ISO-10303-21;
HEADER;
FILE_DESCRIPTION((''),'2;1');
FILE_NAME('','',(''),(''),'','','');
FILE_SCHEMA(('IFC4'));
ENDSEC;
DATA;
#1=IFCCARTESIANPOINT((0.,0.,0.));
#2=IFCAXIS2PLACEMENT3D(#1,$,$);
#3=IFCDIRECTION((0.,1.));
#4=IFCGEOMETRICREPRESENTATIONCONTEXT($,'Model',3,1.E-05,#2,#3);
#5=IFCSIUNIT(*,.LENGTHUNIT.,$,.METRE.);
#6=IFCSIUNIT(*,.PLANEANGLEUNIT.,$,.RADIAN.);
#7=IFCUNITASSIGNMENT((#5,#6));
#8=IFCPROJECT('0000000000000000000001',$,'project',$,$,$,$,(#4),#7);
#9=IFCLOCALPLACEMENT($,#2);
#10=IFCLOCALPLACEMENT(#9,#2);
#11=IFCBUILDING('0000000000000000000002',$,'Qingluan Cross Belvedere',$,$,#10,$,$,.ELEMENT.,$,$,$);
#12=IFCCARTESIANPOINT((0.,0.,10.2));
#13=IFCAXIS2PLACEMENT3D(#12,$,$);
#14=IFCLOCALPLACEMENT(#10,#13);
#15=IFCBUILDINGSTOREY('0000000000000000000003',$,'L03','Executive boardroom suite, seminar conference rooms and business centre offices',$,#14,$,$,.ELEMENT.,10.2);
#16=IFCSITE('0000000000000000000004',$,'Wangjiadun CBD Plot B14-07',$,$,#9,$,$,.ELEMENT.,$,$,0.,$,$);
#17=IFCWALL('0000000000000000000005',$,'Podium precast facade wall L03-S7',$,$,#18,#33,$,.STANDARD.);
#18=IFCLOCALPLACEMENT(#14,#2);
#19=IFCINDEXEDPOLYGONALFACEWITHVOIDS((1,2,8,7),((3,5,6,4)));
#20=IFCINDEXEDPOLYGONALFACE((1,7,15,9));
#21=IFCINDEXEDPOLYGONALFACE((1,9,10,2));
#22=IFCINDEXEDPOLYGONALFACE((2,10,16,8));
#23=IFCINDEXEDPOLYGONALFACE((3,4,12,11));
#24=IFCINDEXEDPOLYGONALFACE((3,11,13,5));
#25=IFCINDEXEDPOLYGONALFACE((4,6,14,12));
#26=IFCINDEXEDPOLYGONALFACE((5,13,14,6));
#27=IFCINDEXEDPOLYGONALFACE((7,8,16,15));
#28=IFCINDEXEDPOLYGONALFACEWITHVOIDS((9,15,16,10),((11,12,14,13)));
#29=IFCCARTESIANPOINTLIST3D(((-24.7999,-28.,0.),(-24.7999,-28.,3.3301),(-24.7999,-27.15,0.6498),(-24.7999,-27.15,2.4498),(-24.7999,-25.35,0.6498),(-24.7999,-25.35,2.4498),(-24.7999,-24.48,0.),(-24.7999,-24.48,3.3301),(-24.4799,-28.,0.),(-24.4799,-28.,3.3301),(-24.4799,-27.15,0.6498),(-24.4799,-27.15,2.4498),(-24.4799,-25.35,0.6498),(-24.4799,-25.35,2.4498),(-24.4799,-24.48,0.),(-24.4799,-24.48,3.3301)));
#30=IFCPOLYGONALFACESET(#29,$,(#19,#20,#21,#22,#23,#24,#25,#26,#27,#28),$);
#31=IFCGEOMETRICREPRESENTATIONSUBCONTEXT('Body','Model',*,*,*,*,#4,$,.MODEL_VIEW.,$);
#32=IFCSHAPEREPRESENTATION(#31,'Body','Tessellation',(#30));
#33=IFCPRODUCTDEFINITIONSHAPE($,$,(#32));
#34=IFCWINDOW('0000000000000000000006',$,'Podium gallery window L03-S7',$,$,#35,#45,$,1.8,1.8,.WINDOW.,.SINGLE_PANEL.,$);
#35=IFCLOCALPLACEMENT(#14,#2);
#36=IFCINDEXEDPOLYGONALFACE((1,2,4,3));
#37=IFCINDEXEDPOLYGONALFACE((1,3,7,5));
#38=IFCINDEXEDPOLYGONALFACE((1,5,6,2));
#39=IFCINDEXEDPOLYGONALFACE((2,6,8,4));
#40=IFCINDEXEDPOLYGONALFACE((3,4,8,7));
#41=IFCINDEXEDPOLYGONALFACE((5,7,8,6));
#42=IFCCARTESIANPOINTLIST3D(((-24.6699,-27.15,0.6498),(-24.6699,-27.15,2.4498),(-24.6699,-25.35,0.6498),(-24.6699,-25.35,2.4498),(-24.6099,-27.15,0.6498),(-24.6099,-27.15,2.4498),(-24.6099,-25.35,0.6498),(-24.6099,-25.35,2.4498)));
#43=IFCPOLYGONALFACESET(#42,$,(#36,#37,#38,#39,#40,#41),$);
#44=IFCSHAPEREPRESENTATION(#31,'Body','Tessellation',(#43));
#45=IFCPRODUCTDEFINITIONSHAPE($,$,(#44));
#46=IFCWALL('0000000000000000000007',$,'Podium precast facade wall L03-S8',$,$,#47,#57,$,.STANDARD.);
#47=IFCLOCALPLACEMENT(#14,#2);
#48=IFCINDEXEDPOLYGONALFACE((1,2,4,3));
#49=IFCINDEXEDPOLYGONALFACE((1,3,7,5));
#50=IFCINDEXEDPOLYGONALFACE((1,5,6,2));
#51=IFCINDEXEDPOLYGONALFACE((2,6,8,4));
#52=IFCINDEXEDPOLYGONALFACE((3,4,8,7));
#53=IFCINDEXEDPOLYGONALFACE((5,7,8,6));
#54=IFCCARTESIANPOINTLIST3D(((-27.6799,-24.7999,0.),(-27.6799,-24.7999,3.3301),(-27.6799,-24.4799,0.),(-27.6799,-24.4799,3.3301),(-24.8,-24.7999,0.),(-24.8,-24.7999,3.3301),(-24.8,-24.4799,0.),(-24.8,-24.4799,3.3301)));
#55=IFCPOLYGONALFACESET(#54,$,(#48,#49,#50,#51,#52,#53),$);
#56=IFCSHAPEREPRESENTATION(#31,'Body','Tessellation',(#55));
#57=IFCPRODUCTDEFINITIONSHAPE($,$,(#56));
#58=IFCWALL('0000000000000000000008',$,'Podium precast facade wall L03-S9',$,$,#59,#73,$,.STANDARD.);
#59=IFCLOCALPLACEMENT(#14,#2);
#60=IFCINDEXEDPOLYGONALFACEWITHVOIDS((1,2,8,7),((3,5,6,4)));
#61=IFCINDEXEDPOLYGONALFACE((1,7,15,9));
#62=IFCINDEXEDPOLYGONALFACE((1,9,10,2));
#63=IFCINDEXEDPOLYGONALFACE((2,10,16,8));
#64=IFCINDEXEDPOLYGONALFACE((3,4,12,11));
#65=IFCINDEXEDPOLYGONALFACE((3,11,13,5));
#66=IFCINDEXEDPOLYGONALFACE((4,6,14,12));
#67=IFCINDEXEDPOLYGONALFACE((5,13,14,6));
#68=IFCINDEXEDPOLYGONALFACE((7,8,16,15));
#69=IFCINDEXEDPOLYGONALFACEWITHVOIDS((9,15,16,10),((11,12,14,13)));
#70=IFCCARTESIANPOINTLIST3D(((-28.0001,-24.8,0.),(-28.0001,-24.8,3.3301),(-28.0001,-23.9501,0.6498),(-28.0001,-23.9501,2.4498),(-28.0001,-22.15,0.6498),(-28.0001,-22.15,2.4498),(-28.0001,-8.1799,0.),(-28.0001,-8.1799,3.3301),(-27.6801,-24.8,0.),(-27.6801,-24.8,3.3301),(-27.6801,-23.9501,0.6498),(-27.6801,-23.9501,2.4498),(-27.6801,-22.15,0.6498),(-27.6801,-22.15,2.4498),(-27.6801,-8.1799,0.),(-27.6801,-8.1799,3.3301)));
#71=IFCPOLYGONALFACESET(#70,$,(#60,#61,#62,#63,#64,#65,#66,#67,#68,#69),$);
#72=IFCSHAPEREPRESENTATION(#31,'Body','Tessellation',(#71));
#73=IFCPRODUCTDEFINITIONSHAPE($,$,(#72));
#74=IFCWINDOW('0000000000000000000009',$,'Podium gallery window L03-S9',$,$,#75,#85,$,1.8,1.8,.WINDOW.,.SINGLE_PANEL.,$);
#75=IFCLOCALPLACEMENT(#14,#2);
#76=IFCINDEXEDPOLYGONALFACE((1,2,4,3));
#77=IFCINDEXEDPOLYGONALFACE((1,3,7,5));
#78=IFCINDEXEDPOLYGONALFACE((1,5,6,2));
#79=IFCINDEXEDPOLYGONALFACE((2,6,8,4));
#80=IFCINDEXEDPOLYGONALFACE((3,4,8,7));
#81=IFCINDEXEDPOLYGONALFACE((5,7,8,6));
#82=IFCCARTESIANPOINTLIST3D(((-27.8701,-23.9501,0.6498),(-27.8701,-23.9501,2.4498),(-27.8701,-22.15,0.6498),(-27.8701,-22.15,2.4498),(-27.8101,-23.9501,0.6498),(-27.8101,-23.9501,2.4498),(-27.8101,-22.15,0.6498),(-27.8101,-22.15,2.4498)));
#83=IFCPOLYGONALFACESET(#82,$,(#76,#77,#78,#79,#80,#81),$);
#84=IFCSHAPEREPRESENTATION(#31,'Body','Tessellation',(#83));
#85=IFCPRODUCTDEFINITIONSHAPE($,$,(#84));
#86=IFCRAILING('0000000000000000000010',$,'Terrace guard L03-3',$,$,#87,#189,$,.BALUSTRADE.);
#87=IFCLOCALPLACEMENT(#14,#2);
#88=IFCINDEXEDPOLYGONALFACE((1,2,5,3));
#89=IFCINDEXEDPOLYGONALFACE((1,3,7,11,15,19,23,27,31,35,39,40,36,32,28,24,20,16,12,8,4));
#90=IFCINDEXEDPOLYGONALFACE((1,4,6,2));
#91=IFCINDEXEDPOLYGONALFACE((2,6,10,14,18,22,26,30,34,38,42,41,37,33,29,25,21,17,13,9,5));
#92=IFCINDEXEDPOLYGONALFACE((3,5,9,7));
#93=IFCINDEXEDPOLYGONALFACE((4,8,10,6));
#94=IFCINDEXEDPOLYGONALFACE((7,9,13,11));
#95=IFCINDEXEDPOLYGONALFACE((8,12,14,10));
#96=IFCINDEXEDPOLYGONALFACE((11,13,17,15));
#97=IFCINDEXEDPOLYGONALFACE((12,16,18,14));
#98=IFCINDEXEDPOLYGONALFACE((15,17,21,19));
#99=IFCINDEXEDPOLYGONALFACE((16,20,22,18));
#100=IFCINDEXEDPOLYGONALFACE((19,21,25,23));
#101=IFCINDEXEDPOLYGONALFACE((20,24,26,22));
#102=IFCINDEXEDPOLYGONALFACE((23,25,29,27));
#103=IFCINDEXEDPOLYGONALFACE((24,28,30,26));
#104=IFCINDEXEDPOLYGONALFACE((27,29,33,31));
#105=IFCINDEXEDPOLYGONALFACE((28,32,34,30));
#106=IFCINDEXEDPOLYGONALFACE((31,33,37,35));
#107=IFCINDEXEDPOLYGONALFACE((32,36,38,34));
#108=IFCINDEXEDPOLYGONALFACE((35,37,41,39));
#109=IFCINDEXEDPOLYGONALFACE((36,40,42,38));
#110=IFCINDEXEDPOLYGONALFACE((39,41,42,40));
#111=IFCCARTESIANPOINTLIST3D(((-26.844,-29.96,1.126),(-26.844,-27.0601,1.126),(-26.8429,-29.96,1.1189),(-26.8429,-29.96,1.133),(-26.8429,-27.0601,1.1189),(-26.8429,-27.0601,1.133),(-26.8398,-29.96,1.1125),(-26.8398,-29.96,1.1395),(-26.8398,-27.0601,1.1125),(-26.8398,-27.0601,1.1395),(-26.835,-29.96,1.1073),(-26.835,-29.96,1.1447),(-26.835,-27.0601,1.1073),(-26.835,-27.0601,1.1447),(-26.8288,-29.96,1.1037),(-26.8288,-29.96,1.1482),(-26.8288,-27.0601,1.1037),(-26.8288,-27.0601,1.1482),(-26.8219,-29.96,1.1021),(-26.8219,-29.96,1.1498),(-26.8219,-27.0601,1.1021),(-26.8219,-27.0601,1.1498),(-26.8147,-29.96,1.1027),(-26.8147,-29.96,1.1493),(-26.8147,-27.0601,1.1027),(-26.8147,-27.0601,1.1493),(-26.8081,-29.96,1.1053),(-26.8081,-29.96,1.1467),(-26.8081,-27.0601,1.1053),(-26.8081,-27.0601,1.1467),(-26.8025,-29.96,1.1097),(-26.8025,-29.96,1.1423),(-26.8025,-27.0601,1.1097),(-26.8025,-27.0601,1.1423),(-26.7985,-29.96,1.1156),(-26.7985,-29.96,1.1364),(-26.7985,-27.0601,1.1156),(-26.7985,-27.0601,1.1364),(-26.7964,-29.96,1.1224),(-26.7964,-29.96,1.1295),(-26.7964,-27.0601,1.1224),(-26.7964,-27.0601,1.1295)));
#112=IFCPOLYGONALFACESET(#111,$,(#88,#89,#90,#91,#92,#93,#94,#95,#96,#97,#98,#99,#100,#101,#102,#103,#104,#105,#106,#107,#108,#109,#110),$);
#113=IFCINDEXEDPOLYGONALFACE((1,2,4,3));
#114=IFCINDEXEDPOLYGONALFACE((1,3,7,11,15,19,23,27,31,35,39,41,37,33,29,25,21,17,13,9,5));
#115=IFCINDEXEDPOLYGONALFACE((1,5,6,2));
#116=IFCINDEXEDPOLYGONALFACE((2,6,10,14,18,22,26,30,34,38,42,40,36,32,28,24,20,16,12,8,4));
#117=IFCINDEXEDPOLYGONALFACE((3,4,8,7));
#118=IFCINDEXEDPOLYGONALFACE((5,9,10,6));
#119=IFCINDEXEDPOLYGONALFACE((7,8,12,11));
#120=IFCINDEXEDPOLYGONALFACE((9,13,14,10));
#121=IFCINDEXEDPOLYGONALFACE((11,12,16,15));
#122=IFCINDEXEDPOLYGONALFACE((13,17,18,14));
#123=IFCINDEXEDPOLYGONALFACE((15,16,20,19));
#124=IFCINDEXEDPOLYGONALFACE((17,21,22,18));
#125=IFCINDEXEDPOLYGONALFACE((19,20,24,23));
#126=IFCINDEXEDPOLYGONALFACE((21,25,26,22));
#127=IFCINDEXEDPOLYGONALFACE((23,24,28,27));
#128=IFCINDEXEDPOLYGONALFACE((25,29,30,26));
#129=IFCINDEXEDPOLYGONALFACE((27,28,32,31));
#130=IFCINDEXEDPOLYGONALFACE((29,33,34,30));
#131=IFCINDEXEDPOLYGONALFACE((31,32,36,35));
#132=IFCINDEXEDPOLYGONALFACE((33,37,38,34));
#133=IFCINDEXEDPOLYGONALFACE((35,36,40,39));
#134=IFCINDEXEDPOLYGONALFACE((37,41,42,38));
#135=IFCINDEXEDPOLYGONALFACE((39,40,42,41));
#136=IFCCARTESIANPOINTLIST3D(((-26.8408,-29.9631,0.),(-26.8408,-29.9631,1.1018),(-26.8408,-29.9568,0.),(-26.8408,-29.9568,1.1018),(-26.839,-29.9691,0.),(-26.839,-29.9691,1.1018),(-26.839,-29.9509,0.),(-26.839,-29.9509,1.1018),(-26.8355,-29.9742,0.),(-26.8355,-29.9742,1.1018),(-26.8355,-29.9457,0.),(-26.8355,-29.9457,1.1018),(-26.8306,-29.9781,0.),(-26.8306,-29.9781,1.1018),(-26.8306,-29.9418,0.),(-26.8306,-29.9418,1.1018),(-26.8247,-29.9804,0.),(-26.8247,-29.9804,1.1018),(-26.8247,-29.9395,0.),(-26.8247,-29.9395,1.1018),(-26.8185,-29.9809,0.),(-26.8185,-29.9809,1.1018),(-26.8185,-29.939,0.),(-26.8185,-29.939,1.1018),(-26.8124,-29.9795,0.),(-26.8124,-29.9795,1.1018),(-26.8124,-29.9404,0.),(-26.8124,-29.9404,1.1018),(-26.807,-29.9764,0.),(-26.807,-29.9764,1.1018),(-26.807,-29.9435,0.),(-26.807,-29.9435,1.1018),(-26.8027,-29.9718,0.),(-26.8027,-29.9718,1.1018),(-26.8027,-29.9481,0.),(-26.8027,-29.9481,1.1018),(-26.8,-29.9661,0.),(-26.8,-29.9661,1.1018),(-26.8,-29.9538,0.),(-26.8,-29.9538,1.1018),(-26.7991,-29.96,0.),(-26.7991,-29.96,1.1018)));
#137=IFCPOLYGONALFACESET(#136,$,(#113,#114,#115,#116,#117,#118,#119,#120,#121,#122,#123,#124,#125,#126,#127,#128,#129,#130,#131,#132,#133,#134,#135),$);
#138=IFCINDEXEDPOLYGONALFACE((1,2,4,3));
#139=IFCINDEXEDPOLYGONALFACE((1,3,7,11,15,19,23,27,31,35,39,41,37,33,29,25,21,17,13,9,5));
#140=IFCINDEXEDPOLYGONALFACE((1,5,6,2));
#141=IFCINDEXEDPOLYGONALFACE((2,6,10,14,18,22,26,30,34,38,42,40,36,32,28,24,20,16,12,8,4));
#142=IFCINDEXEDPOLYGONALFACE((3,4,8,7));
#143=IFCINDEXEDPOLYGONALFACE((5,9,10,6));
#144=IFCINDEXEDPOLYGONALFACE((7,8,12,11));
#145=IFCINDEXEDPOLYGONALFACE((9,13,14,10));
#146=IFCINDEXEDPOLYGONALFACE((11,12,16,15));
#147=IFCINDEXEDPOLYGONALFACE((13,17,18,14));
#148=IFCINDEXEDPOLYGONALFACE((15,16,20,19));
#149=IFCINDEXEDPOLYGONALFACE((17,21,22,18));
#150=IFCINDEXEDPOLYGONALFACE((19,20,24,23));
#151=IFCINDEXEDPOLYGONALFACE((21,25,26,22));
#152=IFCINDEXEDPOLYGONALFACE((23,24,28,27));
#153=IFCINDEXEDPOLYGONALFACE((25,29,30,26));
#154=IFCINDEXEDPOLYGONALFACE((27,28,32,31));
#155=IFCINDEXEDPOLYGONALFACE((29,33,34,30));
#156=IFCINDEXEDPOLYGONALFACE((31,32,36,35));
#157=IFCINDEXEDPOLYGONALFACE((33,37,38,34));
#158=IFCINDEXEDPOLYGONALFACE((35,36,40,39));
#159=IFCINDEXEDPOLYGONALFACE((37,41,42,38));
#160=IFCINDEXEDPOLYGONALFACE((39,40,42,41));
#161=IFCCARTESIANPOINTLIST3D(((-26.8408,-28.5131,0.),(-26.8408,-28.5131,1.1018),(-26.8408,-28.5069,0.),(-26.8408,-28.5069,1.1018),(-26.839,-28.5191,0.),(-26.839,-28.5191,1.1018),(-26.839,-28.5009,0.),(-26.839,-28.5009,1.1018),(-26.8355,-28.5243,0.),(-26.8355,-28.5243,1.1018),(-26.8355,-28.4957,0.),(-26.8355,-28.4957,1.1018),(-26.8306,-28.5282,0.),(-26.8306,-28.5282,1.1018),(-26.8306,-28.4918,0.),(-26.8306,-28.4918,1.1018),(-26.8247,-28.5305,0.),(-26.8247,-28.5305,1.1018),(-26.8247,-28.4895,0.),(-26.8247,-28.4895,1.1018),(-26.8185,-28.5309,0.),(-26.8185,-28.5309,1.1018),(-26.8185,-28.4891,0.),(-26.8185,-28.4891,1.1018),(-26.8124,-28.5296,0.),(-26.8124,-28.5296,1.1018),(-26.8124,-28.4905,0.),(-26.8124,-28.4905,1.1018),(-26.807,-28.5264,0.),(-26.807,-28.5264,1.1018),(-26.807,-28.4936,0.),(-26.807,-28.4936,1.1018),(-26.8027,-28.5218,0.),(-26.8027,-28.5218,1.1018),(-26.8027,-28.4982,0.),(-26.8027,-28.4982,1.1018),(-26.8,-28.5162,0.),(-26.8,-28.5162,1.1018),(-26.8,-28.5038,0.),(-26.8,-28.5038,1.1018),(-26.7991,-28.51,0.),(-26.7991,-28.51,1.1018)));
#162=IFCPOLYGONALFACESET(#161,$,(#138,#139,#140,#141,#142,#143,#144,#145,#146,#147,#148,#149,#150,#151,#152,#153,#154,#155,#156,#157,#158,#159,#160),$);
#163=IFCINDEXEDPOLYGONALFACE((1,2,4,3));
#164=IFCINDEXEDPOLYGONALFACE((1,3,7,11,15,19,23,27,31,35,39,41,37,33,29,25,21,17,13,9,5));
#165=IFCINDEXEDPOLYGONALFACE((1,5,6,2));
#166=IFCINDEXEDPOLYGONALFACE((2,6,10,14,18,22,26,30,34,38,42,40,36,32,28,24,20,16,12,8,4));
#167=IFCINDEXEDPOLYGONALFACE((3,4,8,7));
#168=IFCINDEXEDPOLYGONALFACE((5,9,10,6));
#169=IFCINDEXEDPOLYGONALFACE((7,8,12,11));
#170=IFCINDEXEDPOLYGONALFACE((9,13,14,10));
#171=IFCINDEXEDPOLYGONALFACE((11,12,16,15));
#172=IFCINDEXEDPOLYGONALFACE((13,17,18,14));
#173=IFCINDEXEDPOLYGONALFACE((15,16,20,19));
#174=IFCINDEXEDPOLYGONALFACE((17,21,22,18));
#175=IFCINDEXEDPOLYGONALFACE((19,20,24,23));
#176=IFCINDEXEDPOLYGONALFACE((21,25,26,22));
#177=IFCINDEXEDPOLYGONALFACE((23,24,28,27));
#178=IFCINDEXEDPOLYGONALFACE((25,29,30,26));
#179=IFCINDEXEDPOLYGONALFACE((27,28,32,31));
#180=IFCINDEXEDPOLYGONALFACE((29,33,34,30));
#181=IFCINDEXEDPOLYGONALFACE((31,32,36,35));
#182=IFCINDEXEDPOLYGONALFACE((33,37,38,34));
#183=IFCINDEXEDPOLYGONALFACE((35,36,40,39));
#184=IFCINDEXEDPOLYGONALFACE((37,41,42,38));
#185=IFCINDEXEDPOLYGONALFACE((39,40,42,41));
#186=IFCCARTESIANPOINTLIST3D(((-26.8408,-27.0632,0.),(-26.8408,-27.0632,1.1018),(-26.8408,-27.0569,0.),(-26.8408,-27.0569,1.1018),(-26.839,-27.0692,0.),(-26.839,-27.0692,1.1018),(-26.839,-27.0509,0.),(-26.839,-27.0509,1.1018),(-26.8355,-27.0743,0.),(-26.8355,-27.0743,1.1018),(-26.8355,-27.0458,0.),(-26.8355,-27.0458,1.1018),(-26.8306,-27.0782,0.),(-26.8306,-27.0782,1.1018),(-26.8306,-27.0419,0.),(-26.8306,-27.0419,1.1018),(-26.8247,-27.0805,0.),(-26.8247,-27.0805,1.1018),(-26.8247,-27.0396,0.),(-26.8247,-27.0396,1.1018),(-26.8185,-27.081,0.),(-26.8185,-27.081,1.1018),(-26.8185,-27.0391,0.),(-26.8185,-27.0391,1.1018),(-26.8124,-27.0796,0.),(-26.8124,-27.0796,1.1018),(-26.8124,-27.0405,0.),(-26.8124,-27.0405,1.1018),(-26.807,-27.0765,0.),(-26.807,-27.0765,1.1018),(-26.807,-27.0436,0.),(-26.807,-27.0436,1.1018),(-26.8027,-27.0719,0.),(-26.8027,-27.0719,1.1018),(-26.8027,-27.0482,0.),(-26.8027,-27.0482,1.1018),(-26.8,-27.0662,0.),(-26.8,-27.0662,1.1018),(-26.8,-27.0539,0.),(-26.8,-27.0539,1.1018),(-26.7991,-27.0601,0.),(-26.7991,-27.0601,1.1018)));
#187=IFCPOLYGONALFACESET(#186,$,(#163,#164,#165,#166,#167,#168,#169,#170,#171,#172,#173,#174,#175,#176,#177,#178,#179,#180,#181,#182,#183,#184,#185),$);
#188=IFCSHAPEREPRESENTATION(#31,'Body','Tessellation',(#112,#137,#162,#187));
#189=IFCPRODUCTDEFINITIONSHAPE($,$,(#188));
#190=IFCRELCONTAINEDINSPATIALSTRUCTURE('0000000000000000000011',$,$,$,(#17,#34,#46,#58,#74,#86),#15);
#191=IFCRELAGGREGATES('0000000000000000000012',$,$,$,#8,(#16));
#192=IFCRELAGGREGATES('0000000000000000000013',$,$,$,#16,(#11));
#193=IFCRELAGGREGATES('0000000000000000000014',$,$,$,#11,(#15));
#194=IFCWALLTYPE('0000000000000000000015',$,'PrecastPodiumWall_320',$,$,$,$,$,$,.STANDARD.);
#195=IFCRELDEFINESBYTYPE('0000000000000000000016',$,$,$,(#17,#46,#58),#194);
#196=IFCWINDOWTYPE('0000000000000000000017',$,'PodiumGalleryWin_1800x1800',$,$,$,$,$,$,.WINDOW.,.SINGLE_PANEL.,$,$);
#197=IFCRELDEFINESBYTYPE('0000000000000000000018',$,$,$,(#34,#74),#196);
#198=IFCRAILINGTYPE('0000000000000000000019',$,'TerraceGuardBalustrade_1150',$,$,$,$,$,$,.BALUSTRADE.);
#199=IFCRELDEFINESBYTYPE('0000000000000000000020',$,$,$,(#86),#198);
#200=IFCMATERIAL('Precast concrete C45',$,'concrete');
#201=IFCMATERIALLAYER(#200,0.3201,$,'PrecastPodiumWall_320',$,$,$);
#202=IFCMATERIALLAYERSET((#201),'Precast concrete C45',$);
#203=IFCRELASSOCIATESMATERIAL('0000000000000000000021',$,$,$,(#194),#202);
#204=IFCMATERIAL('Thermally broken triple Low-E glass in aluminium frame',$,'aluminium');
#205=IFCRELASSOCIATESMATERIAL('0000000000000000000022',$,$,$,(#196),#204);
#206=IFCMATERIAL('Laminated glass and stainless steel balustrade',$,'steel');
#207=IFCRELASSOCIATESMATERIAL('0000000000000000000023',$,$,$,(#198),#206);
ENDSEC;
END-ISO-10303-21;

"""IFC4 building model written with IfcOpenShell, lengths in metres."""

from ifc_helpers import new_model, si_unit, direction, frame, frame_2d, origin, origin_2d, place, context, subcontext, project, spatial, rectangle, circle, extrude, material, layer, layer_set, type_object, element, fill, save


model = new_model("IFC4")

# Units and contexts
model_context = context("Model", 3, precision=1e-05, world=origin(), true_north=direction((0.0, 1.0)))
body_context = subcontext(model_context, "Body", "Model", "MODEL_VIEW")
ifc_project = project(units=[si_unit("LENGTHUNIT", "METRE"), si_unit("PLANEANGLEUNIT", "RADIAN")], contexts=[model_context])

# Site, building, storey
site_placement = place(None, origin())
site = spatial("IfcSite", under=ifc_project, at=site_placement, Name="Wangjiadun CBD Plot B14-07", CompositionType="ELEMENT", RefElevation=0.0)
building_placement = place(site_placement, origin())
building = spatial("IfcBuilding", under=site, at=building_placement, Name="Qingluan Cross Belvedere", CompositionType="ELEMENT")
storey_placement = place(building_placement, frame((0.0, 0.0, 10.2)))
storey = spatial("IfcBuildingStorey", under=building, at=storey_placement, Name="L03", Description="Executive boardroom suite, seminar conference rooms and business centre offices", CompositionType="ELEMENT", Elevation=10.2)

# Shared definitions
ifc_material_1 = material(Name="Precast concrete C45", Category="concrete")
ifc_layer_1 = layer(ifc_material_1, 0.3201, Name="PrecastPodiumWall_320")
ifc_layer_set_1 = layer_set([ifc_layer_1], Name="Precast concrete C45")
wall_type_1 = type_object("IfcWallType", Name="PrecastPodiumWall_320", PredefinedType="STANDARD", material=ifc_layer_set_1)

# Shared definitions
ifc_material_2 = material(Name="Thermally broken triple Low-E glass in aluminium frame", Category="aluminium")
window_type = type_object("IfcWindowType", Name="PodiumGalleryWin_1800x1800", PartitioningType="SINGLE_PANEL", PredefinedType="WINDOW", material=ifc_material_2)

# Wall, opening, window
wall_1_placement = place(storey_placement, frame((-24.6399, -28.0, 0.0), z_axis=(0.0, 0.0, 1.0), x_axis=(0.0, 1.0, 0.0)))
wall_1 = element("IfcWall", 1, at=wall_1_placement, inside=storey, type_object=wall_type_1, Name="Podium precast facade wall L03-S7", PredefinedType="STANDARD", context=body_context, shape_type="SweptSolid", body=[
    extrude(rectangle(XDim=3.52, YDim=0.3201, at=frame_2d((1.76, 0.0))), origin(), (0.0, 0.0, 1.0), 3.3301),
])
opening_1_placement = place(wall_1_placement, frame((0.8501, 0.0, 0.6499)))
opening_1 = element("IfcOpeningElement", 2, at=opening_1_placement, cuts=wall_1, PredefinedType="OPENING", context=body_context, shape_type="SweptSolid", body=[
    extrude(rectangle(XDim=1.8, YDim=1.8, at=frame_2d((0.8999, 0.8999))), frame((0.0, 0.1699, 0.0), z_axis=(0.0, -1.0, 0.0), x_axis=(1.0, 0.0, 0.0)), (0.0, 0.0, 1.0), 0.3401),
])
window_1_placement = place(opening_1_placement, origin())
window_1 = element("IfcWindow", 3, at=window_1_placement, inside=storey, type_object=window_type, Name="Podium gallery window L03-S7", OverallHeight=1.8, OverallWidth=1.8, PartitioningType="SINGLE_PANEL", PredefinedType="WINDOW", context=body_context, shape_type="SweptSolid", body=[
    extrude(rectangle(XDim=1.8, YDim=1.8, at=frame_2d((0.8999, 0.8999))), frame((0.0, 0.03, 0.0), z_axis=(0.0, -1.0, 0.0), x_axis=(1.0, 0.0, 0.0)), (0.0, 0.0, 1.0), 0.0601),
])
fill(opening_1, window_1)

# Wall
wall_2_placement = place(storey_placement, frame((-24.8, -24.6399, 0.0), z_axis=(0.0, 0.0, 1.0), x_axis=(-1.0, 0.0, 0.0)))
element("IfcWall", 4, at=wall_2_placement, inside=storey, type_object=wall_type_1, Name="Podium precast facade wall L03-S8", PredefinedType="STANDARD", context=body_context, shape_type="SweptSolid", body=[
    extrude(rectangle(XDim=2.8799, YDim=0.3201, at=frame_2d((1.4399, 0.0))), origin(), (0.0, 0.0, 1.0), 3.3301),
])

# Wall, opening, window
wall_3_placement = place(storey_placement, frame((-27.8401, -24.8, 0.0), z_axis=(0.0, 0.0, 1.0), x_axis=(0.0, 1.0, 0.0)))
wall_3 = element("IfcWall", 5, at=wall_3_placement, inside=storey, type_object=wall_type_1, Name="Podium precast facade wall L03-S9", PredefinedType="STANDARD", context=body_context, shape_type="SweptSolid", body=[
    extrude(rectangle(XDim=16.6201, YDim=0.3201, at=frame_2d((8.3101, 0.0))), origin(), (0.0, 0.0, 1.0), 3.3301),
])
opening_2_placement = place(wall_3_placement, frame((0.8501, 0.0, 0.6499)))
opening_2 = element("IfcOpeningElement", 6, at=opening_2_placement, cuts=wall_3, PredefinedType="OPENING", context=body_context, shape_type="SweptSolid", body=[
    extrude(rectangle(XDim=1.8, YDim=1.8, at=frame_2d((0.8999, 0.8999))), frame((0.0, 0.1699, 0.0), z_axis=(0.0, -1.0, 0.0), x_axis=(1.0, 0.0, 0.0)), (0.0, 0.0, 1.0), 0.3401),
])
window_2_placement = place(opening_2_placement, origin())
window_2 = element("IfcWindow", 7, at=window_2_placement, inside=storey, type_object=window_type, Name="Podium gallery window L03-S9", OverallHeight=1.8, OverallWidth=1.8, PartitioningType="SINGLE_PANEL", PredefinedType="WINDOW", context=body_context, shape_type="SweptSolid", body=[
    extrude(rectangle(XDim=1.8, YDim=1.8, at=frame_2d((0.8999, 0.8999))), frame((0.0, 0.03, 0.0), z_axis=(0.0, -1.0, 0.0), x_axis=(1.0, 0.0, 0.0)), (0.0, 0.0, 1.0), 0.0601),
])
fill(opening_2, window_2)

# Railing
ifc_material_3 = material(Name="Laminated glass and stainless steel balustrade", Category="steel")
railing_type = type_object("IfcRailingType", Name="TerraceGuardBalustrade_1150", PredefinedType="BALUSTRADE", material=ifc_material_3)
railing_1_placement = place(storey_placement, frame((-26.8201, -29.96, 0.0)))
element("IfcRailing", 8, at=railing_1_placement, inside=storey, type_object=railing_type, Name="Terrace guard L03-3", PredefinedType="BALUSTRADE", context=body_context, shape_type="SweptSolid", body=[
    extrude(circle(Radius=0.0239, at=origin_2d()), frame((0.0, 0.0, 1.126), z_axis=(0.0, 1.0, 0.0), x_axis=(-1.0, 0.0, 0.0)), (0.0, 0.0, 1.0), 2.8999),
    extrude(circle(Radius=0.021, at=origin_2d()), origin(), (0.0, 0.0, 1.0), 1.1018),
    extrude(circle(Radius=0.021, at=origin_2d()), frame((0.0, 1.45, 0.0)), (0.0, 0.0, 1.0), 1.1018),
    extrude(circle(Radius=0.021, at=origin_2d()), frame((0.0, 2.8999, 0.0)), (0.0, 0.0, 1.0), 1.1018),
])

save(model, "model.ifc")
